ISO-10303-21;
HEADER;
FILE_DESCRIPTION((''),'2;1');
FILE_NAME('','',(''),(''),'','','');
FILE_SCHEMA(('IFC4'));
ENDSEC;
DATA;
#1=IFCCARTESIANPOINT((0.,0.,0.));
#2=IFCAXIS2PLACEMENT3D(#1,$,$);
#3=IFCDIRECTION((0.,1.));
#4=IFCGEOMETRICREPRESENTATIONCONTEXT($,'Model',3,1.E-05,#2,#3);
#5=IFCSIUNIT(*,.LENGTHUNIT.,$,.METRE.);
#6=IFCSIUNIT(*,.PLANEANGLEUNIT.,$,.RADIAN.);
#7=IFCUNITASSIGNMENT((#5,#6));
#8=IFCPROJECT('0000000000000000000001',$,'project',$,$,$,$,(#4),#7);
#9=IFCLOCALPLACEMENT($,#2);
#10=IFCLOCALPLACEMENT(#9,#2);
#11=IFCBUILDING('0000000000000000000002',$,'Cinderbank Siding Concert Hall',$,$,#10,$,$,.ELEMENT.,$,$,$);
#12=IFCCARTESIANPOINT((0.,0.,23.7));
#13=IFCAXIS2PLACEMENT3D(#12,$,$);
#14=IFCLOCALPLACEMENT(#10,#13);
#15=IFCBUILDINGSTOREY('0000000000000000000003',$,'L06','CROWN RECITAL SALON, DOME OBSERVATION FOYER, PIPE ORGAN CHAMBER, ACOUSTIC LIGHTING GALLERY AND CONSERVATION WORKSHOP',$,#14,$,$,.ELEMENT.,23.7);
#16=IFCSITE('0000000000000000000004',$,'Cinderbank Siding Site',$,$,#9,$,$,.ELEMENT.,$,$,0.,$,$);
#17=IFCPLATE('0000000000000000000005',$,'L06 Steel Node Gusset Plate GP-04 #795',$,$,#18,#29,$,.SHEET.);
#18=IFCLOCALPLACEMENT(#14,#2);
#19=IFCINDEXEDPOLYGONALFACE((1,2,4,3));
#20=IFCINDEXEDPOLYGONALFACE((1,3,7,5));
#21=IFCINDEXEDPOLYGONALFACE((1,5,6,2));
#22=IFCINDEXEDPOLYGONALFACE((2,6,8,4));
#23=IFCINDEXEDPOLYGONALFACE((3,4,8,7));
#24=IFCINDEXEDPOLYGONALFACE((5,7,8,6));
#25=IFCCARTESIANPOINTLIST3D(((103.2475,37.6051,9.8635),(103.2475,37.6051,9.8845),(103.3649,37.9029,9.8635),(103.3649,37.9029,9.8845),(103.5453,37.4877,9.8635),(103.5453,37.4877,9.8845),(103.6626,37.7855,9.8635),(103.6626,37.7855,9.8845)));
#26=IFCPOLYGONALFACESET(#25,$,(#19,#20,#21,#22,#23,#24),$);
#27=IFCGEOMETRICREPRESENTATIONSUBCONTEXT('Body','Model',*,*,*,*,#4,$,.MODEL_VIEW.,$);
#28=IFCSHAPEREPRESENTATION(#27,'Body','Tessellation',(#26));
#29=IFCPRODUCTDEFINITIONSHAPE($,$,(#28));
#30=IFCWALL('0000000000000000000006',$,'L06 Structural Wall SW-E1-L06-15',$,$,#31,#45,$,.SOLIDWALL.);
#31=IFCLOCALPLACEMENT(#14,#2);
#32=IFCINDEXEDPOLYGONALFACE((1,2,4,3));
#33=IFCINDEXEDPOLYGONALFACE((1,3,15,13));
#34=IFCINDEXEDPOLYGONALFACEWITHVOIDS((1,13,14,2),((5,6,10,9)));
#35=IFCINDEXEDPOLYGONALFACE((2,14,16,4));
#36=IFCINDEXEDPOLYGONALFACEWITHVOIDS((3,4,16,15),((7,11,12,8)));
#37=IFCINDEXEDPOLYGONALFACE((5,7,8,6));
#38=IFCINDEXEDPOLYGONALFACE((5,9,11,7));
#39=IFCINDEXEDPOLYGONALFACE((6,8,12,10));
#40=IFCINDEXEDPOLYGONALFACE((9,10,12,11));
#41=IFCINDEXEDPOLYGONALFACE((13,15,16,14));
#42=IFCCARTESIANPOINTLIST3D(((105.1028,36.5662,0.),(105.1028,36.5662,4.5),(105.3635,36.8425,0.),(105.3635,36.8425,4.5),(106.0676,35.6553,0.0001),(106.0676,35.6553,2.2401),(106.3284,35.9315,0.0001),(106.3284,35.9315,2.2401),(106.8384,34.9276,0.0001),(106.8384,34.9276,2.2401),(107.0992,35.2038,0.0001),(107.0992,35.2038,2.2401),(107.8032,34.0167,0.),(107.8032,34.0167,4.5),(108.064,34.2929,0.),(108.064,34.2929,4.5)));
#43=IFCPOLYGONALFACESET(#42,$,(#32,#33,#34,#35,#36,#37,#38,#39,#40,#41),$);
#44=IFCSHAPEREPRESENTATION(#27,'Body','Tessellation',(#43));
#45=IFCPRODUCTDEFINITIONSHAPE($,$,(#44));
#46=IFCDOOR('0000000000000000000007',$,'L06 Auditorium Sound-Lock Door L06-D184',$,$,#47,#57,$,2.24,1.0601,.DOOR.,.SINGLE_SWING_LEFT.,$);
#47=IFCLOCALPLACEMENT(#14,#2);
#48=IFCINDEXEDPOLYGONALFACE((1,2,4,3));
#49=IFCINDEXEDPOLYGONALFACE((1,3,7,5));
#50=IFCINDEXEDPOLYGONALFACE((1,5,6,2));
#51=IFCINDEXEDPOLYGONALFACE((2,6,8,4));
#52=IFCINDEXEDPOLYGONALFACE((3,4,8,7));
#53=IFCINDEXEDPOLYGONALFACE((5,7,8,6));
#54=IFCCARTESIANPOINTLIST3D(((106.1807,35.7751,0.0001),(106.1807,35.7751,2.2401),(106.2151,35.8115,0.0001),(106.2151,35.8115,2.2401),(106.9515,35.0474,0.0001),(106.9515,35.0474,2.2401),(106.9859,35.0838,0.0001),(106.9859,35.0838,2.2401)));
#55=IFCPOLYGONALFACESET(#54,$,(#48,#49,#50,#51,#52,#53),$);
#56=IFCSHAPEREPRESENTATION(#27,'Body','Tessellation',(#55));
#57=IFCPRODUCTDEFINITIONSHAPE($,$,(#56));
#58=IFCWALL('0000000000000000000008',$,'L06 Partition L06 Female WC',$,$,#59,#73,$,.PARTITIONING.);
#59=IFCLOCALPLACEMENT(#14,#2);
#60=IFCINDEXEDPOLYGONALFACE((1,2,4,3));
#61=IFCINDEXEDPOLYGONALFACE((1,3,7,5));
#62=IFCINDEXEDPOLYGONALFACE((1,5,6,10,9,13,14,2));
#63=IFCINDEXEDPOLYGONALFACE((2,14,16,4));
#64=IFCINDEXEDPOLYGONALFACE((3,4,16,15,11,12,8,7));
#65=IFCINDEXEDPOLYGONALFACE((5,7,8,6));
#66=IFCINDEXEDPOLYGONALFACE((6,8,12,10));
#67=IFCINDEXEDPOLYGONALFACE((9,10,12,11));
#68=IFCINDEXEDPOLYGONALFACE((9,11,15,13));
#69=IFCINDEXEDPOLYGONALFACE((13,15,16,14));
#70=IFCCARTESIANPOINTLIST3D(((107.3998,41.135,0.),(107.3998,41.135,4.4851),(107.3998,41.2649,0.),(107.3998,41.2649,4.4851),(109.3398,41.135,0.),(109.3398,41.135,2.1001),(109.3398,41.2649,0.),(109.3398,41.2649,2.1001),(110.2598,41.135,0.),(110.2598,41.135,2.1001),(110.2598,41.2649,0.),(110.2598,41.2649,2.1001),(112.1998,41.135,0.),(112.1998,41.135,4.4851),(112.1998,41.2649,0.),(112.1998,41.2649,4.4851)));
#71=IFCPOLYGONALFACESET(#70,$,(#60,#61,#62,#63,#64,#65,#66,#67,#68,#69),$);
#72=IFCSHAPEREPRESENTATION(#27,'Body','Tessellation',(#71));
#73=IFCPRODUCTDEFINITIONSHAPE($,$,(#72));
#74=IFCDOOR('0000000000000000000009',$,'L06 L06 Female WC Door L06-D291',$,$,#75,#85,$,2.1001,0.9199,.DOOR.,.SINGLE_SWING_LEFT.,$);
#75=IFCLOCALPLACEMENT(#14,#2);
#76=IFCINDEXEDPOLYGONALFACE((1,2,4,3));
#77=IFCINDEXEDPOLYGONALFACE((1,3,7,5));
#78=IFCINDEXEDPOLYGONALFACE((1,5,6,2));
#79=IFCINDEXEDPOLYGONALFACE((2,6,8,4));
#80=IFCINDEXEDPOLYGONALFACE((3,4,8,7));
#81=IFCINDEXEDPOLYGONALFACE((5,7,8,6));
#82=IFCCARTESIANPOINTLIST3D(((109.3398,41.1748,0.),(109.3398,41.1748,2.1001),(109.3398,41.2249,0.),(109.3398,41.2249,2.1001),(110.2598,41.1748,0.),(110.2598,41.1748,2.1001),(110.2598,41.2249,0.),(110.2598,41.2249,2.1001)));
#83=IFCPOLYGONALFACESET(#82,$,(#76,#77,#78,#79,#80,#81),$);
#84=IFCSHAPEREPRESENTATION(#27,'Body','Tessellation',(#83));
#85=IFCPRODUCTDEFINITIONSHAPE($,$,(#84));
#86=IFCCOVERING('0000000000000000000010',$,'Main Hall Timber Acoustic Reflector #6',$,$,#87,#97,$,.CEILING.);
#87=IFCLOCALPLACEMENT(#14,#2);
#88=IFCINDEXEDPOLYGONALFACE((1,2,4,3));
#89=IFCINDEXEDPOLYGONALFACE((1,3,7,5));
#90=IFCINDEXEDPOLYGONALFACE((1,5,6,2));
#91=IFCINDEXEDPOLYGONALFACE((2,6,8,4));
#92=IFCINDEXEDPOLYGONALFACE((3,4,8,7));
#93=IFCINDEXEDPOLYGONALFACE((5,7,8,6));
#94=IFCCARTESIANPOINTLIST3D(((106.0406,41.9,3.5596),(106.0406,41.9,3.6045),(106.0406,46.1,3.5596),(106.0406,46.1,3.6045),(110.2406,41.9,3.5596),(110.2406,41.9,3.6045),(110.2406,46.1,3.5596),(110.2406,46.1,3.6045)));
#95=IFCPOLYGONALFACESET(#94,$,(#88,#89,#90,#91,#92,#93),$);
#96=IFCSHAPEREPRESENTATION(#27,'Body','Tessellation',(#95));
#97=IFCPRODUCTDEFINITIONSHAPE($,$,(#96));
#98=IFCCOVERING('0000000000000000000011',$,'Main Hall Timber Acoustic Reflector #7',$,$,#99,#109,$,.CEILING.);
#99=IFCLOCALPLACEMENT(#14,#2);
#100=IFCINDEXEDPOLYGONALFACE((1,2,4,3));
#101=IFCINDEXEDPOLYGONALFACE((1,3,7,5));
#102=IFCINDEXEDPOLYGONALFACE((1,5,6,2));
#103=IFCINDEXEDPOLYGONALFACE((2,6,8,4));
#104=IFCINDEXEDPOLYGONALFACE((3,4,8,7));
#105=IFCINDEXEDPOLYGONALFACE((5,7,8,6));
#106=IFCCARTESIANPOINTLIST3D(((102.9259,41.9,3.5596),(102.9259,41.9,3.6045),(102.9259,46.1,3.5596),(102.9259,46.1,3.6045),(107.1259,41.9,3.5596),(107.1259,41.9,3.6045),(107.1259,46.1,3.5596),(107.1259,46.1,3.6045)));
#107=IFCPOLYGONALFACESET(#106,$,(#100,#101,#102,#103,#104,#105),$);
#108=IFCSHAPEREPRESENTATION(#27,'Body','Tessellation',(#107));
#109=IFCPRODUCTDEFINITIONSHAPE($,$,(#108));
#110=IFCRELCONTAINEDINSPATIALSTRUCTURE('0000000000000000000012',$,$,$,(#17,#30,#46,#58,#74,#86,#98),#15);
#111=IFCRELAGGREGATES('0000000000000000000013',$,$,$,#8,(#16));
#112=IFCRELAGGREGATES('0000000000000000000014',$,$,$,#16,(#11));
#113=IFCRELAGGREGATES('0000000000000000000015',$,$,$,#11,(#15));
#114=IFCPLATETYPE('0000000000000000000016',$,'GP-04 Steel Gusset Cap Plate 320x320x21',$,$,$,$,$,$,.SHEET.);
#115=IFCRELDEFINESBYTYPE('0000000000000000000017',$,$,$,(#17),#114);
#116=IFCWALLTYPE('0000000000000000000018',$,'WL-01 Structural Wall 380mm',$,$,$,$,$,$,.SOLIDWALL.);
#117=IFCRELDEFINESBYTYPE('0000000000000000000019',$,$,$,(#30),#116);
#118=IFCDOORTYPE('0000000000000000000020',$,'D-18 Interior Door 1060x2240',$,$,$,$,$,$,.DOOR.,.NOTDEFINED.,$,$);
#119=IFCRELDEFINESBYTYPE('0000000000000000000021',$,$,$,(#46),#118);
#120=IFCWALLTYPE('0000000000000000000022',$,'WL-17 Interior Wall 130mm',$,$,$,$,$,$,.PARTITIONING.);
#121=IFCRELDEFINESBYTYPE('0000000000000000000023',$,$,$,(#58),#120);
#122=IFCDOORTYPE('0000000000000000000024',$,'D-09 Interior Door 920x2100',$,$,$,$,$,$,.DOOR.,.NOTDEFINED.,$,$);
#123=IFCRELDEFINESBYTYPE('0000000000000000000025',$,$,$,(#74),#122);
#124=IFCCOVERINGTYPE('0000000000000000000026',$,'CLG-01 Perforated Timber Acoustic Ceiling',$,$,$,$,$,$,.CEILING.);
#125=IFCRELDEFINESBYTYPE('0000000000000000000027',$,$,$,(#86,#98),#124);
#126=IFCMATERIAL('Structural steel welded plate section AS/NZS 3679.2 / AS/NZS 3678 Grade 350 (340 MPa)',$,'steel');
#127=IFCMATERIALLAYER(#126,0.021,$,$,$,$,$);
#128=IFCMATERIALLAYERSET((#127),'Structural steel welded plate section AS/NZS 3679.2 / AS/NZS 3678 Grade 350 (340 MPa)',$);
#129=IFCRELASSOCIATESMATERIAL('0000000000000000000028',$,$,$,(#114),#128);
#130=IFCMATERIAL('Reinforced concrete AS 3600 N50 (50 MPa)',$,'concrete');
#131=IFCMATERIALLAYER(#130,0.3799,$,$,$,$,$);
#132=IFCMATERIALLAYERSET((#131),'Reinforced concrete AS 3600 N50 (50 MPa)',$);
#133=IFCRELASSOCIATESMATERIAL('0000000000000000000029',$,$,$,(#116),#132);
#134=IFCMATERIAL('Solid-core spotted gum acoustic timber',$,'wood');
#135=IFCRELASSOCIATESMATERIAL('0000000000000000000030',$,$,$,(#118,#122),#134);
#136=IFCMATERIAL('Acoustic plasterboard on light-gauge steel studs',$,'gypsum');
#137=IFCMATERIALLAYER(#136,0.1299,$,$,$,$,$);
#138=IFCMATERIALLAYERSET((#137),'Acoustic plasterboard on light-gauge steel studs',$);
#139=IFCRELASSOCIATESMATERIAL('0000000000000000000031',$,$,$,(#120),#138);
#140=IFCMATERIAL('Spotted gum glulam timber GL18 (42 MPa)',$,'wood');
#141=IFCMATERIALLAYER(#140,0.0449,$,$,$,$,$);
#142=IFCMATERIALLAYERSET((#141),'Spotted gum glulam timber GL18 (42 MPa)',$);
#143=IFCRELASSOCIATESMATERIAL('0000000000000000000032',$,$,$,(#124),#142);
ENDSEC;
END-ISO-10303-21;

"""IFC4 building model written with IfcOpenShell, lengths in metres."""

from ifc_helpers import new_model, si_unit, direction, frame, frame_2d, origin, origin_2d, place, context, subcontext, project, spatial, rectangle, extrude, material, layer, layer_set, type_object, element, fill, save


model = new_model("IFC4")

# Units and contexts
model_context = context("Model", 3, precision=1e-05, world=origin(), true_north=direction((0.0, 1.0)))
body_context = subcontext(model_context, "Body", "Model", "MODEL_VIEW")
ifc_project = project(units=[si_unit("LENGTHUNIT", "METRE"), si_unit("PLANEANGLEUNIT", "RADIAN")], contexts=[model_context])

# Site, building, storey
site_placement = place(None, origin())
site = spatial("IfcSite", under=ifc_project, at=site_placement, Name="Cinderbank Siding Site", CompositionType="ELEMENT", RefElevation=0.0)
building_placement = place(site_placement, origin())
building = spatial("IfcBuilding", under=site, at=building_placement, Name="Cinderbank Siding Concert Hall", CompositionType="ELEMENT")
storey_placement = place(building_placement, frame((0.0, 0.0, 23.7)))
storey = spatial("IfcBuildingStorey", under=building, at=storey_placement, Name="L06", Description="CROWN RECITAL SALON, DOME OBSERVATION FOYER, PIPE ORGAN CHAMBER, ACOUSTIC LIGHTING GALLERY AND CONSERVATION WORKSHOP", CompositionType="ELEMENT", Elevation=23.7)

# Shared definitions
ifc_material_1 = material(Name="Reinforced concrete AS 3600 N50 (50 MPa)", Category="concrete")

# Plate
ifc_material_2 = material(Name="Structural steel welded plate section AS/NZS 3679.2 / AS/NZS 3678 Grade 350 (340 MPa)", Category="steel")
ifc_layer_1 = layer(ifc_material_2, 0.021)
ifc_layer_set_1 = layer_set([ifc_layer_1], Name="Structural steel welded plate section AS/NZS 3679.2 / AS/NZS 3678 Grade 350 (340 MPa)")
plate_type_1 = type_object("IfcPlateType", Name="GP-04 Steel Gusset Cap Plate 320x320x21", PredefinedType="SHEET", material=ifc_layer_set_1)
plate_1_placement = place(storey_placement, frame((103.4551, 37.6953, 9.8635), z_axis=(0.0, 0.0, 1.0), x_axis=(0.366664, 0.930354, 0.0)))
element("IfcPlate", 1, at=plate_1_placement, inside=storey, type_object=plate_type_1, Name="L06 Steel Node Gusset Plate GP-04 #795", PredefinedType="SHEET", context=body_context, shape_type="SweptSolid", body=[
    extrude(rectangle(XDim=0.3201, YDim=0.3201, at=origin_2d()), origin(), (0.0, 0.0, 1.0), 0.021),
])

# Walls, openings, doors
ifc_layer_2 = layer(ifc_material_1, 0.3799)
ifc_layer_set_2 = layer_set([ifc_layer_2], Name="Reinforced concrete AS 3600 N50 (50 MPa)")
wall_type_1 = type_object("IfcWallType", Name="WL-01 Structural Wall 380mm", PredefinedType="SOLIDWALL", material=ifc_layer_set_2)
wall_1_placement = place(storey_placement, frame((105.2332, 36.7043, 0.0), z_axis=(0.0, 0.0, 1.0), x_axis=(0.727128, -0.686502, 0.0)))
wall_1 = element("IfcWall", 2, at=wall_1_placement, inside=storey, type_object=wall_type_1, Name="L06 Structural Wall SW-E1-L06-15", PredefinedType="SOLIDWALL", context=body_context, shape_type="SweptSolid", body=[
    extrude(rectangle(XDim=3.7139, YDim=0.3799, at=frame_2d((1.8569, 0.0))), origin(), (0.0, 0.0, 1.0), 4.5),
])
opening_1_placement = place(wall_1_placement, frame((1.3269, 0.0, 0.0)))
opening_1 = element("IfcOpeningElement", 3, at=opening_1_placement, cuts=wall_1, PredefinedType="OPENING", context=body_context, shape_type="SweptSolid", body=[
    extrude(rectangle(XDim=1.0601, YDim=2.24, at=frame_2d((0.53, 1.1201))), frame((0.0, 0.2019, 0.0), z_axis=(0.0, -1.0, 0.0), x_axis=(1.0, 0.0, 0.0)), (0.0, 0.0, 1.0), 0.4038),
])
ifc_material_3 = material(Name="Solid-core spotted gum acoustic timber", Category="wood")
door_type_1 = type_object("IfcDoorType", Name="D-18 Interior Door 1060x2240", OperationType="NOTDEFINED", PredefinedType="DOOR", material=ifc_material_3)
door_1_placement = place(opening_1_placement, origin())
door_1 = element("IfcDoor", 4, at=door_1_placement, inside=storey, type_object=door_type_1, Name="L06 Auditorium Sound-Lock Door L06-D184", OperationType="SINGLE_SWING_LEFT", OverallHeight=2.24, OverallWidth=1.0601, PredefinedType="DOOR", context=body_context, shape_type="SweptSolid", body=[
    extrude(rectangle(XDim=1.0601, YDim=2.24, at=frame_2d((0.53, 1.1201))), frame((0.0, 0.0249, 0.0), z_axis=(0.0, -1.0, 0.0), x_axis=(1.0, 0.0, 0.0)), (0.0, 0.0, 1.0), 0.05),
])
fill(opening_1, door_1)
ifc_material_4 = material(Name="Acoustic plasterboard on light-gauge steel studs", Category="gypsum")
ifc_layer_3 = layer(ifc_material_4, 0.1299)
ifc_layer_set_3 = layer_set([ifc_layer_3], Name="Acoustic plasterboard on light-gauge steel studs")
wall_type_2 = type_object("IfcWallType", Name="WL-17 Interior Wall 130mm", PredefinedType="PARTITIONING", material=ifc_layer_set_3)
wall_2_placement = place(storey_placement, frame((107.3999, 41.2, 0.0), z_axis=(0.0, 0.0, 1.0), x_axis=(1.0, 0.0, 0.0)))
wall_2 = element("IfcWall", 5, at=wall_2_placement, inside=storey, type_object=wall_type_2, Name="L06 Partition L06 Female WC", PredefinedType="PARTITIONING", context=body_context, shape_type="SweptSolid", body=[
    extrude(rectangle(XDim=4.8, YDim=0.1299, at=frame_2d((2.3999, 0.0))), origin(), (0.0, 0.0, 1.0), 4.4851),
])
opening_2_placement = place(wall_2_placement, frame((1.9399, 0.0, 0.0)))
opening_2 = element("IfcOpeningElement", 6, at=opening_2_placement, cuts=wall_2, PredefinedType="OPENING", context=body_context, shape_type="SweptSolid", body=[
    extrude(rectangle(XDim=0.9199, YDim=2.1001, at=frame_2d((0.46, 1.05))), frame((0.0, 0.0769, 0.0), z_axis=(0.0, -1.0, 0.0), x_axis=(1.0, 0.0, 0.0)), (0.0, 0.0, 1.0), 0.1538),
])
door_type_2 = type_object("IfcDoorType", Name="D-09 Interior Door 920x2100", OperationType="NOTDEFINED", PredefinedType="DOOR", material=ifc_material_3)
door_2_placement = place(opening_2_placement, origin())
door_2 = element("IfcDoor", 7, at=door_2_placement, inside=storey, type_object=door_type_2, Name="L06 L06 Female WC Door L06-D291", OperationType="SINGLE_SWING_LEFT", OverallHeight=2.1001, OverallWidth=0.9199, PredefinedType="DOOR", context=body_context, shape_type="SweptSolid", body=[
    extrude(rectangle(XDim=0.9199, YDim=2.1001, at=frame_2d((0.46, 1.05))), frame((0.0, 0.0249, 0.0), z_axis=(0.0, -1.0, 0.0), x_axis=(1.0, 0.0, 0.0)), (0.0, 0.0, 1.0), 0.05),
])
fill(opening_2, door_2)

# Coverings
ifc_material_5 = material(Name="Spotted gum glulam timber GL18 (42 MPa)", Category="wood")
ifc_layer_4 = layer(ifc_material_5, 0.0449)
ifc_layer_set_4 = layer_set([ifc_layer_4], Name="Spotted gum glulam timber GL18 (42 MPa)")
covering_type = type_object("IfcCoveringType", Name="CLG-01 Perforated Timber Acoustic Ceiling", PredefinedType="CEILING", material=ifc_layer_set_4)
for number, where, z_axis, x_axis, name in (
    (8, (108.1406, 44.0, 3.5596), (0.0, 0.0, 1.0), (1.0, 0.0, 0.0), "Main Hall Timber Acoustic Reflector #6"),
    (9, (105.0259, 44.0, 3.5596), (0.0, 0.0, 1.0), (1.0, 0.0, 0.0), "Main Hall Timber Acoustic Reflector #7"),
):
    element("IfcCovering", number, at=place(storey_placement, frame(where, z_axis=z_axis, x_axis=x_axis)), inside=storey, type_object=covering_type, Name=name, PredefinedType="CEILING", context=body_context, shape_type="SweptSolid", body=[
        extrude(rectangle(XDim=4.2, YDim=4.2, at=origin_2d()), origin(), (0.0, 0.0, 1.0), 0.0449),
    ])

save(model, "model.ifc")
